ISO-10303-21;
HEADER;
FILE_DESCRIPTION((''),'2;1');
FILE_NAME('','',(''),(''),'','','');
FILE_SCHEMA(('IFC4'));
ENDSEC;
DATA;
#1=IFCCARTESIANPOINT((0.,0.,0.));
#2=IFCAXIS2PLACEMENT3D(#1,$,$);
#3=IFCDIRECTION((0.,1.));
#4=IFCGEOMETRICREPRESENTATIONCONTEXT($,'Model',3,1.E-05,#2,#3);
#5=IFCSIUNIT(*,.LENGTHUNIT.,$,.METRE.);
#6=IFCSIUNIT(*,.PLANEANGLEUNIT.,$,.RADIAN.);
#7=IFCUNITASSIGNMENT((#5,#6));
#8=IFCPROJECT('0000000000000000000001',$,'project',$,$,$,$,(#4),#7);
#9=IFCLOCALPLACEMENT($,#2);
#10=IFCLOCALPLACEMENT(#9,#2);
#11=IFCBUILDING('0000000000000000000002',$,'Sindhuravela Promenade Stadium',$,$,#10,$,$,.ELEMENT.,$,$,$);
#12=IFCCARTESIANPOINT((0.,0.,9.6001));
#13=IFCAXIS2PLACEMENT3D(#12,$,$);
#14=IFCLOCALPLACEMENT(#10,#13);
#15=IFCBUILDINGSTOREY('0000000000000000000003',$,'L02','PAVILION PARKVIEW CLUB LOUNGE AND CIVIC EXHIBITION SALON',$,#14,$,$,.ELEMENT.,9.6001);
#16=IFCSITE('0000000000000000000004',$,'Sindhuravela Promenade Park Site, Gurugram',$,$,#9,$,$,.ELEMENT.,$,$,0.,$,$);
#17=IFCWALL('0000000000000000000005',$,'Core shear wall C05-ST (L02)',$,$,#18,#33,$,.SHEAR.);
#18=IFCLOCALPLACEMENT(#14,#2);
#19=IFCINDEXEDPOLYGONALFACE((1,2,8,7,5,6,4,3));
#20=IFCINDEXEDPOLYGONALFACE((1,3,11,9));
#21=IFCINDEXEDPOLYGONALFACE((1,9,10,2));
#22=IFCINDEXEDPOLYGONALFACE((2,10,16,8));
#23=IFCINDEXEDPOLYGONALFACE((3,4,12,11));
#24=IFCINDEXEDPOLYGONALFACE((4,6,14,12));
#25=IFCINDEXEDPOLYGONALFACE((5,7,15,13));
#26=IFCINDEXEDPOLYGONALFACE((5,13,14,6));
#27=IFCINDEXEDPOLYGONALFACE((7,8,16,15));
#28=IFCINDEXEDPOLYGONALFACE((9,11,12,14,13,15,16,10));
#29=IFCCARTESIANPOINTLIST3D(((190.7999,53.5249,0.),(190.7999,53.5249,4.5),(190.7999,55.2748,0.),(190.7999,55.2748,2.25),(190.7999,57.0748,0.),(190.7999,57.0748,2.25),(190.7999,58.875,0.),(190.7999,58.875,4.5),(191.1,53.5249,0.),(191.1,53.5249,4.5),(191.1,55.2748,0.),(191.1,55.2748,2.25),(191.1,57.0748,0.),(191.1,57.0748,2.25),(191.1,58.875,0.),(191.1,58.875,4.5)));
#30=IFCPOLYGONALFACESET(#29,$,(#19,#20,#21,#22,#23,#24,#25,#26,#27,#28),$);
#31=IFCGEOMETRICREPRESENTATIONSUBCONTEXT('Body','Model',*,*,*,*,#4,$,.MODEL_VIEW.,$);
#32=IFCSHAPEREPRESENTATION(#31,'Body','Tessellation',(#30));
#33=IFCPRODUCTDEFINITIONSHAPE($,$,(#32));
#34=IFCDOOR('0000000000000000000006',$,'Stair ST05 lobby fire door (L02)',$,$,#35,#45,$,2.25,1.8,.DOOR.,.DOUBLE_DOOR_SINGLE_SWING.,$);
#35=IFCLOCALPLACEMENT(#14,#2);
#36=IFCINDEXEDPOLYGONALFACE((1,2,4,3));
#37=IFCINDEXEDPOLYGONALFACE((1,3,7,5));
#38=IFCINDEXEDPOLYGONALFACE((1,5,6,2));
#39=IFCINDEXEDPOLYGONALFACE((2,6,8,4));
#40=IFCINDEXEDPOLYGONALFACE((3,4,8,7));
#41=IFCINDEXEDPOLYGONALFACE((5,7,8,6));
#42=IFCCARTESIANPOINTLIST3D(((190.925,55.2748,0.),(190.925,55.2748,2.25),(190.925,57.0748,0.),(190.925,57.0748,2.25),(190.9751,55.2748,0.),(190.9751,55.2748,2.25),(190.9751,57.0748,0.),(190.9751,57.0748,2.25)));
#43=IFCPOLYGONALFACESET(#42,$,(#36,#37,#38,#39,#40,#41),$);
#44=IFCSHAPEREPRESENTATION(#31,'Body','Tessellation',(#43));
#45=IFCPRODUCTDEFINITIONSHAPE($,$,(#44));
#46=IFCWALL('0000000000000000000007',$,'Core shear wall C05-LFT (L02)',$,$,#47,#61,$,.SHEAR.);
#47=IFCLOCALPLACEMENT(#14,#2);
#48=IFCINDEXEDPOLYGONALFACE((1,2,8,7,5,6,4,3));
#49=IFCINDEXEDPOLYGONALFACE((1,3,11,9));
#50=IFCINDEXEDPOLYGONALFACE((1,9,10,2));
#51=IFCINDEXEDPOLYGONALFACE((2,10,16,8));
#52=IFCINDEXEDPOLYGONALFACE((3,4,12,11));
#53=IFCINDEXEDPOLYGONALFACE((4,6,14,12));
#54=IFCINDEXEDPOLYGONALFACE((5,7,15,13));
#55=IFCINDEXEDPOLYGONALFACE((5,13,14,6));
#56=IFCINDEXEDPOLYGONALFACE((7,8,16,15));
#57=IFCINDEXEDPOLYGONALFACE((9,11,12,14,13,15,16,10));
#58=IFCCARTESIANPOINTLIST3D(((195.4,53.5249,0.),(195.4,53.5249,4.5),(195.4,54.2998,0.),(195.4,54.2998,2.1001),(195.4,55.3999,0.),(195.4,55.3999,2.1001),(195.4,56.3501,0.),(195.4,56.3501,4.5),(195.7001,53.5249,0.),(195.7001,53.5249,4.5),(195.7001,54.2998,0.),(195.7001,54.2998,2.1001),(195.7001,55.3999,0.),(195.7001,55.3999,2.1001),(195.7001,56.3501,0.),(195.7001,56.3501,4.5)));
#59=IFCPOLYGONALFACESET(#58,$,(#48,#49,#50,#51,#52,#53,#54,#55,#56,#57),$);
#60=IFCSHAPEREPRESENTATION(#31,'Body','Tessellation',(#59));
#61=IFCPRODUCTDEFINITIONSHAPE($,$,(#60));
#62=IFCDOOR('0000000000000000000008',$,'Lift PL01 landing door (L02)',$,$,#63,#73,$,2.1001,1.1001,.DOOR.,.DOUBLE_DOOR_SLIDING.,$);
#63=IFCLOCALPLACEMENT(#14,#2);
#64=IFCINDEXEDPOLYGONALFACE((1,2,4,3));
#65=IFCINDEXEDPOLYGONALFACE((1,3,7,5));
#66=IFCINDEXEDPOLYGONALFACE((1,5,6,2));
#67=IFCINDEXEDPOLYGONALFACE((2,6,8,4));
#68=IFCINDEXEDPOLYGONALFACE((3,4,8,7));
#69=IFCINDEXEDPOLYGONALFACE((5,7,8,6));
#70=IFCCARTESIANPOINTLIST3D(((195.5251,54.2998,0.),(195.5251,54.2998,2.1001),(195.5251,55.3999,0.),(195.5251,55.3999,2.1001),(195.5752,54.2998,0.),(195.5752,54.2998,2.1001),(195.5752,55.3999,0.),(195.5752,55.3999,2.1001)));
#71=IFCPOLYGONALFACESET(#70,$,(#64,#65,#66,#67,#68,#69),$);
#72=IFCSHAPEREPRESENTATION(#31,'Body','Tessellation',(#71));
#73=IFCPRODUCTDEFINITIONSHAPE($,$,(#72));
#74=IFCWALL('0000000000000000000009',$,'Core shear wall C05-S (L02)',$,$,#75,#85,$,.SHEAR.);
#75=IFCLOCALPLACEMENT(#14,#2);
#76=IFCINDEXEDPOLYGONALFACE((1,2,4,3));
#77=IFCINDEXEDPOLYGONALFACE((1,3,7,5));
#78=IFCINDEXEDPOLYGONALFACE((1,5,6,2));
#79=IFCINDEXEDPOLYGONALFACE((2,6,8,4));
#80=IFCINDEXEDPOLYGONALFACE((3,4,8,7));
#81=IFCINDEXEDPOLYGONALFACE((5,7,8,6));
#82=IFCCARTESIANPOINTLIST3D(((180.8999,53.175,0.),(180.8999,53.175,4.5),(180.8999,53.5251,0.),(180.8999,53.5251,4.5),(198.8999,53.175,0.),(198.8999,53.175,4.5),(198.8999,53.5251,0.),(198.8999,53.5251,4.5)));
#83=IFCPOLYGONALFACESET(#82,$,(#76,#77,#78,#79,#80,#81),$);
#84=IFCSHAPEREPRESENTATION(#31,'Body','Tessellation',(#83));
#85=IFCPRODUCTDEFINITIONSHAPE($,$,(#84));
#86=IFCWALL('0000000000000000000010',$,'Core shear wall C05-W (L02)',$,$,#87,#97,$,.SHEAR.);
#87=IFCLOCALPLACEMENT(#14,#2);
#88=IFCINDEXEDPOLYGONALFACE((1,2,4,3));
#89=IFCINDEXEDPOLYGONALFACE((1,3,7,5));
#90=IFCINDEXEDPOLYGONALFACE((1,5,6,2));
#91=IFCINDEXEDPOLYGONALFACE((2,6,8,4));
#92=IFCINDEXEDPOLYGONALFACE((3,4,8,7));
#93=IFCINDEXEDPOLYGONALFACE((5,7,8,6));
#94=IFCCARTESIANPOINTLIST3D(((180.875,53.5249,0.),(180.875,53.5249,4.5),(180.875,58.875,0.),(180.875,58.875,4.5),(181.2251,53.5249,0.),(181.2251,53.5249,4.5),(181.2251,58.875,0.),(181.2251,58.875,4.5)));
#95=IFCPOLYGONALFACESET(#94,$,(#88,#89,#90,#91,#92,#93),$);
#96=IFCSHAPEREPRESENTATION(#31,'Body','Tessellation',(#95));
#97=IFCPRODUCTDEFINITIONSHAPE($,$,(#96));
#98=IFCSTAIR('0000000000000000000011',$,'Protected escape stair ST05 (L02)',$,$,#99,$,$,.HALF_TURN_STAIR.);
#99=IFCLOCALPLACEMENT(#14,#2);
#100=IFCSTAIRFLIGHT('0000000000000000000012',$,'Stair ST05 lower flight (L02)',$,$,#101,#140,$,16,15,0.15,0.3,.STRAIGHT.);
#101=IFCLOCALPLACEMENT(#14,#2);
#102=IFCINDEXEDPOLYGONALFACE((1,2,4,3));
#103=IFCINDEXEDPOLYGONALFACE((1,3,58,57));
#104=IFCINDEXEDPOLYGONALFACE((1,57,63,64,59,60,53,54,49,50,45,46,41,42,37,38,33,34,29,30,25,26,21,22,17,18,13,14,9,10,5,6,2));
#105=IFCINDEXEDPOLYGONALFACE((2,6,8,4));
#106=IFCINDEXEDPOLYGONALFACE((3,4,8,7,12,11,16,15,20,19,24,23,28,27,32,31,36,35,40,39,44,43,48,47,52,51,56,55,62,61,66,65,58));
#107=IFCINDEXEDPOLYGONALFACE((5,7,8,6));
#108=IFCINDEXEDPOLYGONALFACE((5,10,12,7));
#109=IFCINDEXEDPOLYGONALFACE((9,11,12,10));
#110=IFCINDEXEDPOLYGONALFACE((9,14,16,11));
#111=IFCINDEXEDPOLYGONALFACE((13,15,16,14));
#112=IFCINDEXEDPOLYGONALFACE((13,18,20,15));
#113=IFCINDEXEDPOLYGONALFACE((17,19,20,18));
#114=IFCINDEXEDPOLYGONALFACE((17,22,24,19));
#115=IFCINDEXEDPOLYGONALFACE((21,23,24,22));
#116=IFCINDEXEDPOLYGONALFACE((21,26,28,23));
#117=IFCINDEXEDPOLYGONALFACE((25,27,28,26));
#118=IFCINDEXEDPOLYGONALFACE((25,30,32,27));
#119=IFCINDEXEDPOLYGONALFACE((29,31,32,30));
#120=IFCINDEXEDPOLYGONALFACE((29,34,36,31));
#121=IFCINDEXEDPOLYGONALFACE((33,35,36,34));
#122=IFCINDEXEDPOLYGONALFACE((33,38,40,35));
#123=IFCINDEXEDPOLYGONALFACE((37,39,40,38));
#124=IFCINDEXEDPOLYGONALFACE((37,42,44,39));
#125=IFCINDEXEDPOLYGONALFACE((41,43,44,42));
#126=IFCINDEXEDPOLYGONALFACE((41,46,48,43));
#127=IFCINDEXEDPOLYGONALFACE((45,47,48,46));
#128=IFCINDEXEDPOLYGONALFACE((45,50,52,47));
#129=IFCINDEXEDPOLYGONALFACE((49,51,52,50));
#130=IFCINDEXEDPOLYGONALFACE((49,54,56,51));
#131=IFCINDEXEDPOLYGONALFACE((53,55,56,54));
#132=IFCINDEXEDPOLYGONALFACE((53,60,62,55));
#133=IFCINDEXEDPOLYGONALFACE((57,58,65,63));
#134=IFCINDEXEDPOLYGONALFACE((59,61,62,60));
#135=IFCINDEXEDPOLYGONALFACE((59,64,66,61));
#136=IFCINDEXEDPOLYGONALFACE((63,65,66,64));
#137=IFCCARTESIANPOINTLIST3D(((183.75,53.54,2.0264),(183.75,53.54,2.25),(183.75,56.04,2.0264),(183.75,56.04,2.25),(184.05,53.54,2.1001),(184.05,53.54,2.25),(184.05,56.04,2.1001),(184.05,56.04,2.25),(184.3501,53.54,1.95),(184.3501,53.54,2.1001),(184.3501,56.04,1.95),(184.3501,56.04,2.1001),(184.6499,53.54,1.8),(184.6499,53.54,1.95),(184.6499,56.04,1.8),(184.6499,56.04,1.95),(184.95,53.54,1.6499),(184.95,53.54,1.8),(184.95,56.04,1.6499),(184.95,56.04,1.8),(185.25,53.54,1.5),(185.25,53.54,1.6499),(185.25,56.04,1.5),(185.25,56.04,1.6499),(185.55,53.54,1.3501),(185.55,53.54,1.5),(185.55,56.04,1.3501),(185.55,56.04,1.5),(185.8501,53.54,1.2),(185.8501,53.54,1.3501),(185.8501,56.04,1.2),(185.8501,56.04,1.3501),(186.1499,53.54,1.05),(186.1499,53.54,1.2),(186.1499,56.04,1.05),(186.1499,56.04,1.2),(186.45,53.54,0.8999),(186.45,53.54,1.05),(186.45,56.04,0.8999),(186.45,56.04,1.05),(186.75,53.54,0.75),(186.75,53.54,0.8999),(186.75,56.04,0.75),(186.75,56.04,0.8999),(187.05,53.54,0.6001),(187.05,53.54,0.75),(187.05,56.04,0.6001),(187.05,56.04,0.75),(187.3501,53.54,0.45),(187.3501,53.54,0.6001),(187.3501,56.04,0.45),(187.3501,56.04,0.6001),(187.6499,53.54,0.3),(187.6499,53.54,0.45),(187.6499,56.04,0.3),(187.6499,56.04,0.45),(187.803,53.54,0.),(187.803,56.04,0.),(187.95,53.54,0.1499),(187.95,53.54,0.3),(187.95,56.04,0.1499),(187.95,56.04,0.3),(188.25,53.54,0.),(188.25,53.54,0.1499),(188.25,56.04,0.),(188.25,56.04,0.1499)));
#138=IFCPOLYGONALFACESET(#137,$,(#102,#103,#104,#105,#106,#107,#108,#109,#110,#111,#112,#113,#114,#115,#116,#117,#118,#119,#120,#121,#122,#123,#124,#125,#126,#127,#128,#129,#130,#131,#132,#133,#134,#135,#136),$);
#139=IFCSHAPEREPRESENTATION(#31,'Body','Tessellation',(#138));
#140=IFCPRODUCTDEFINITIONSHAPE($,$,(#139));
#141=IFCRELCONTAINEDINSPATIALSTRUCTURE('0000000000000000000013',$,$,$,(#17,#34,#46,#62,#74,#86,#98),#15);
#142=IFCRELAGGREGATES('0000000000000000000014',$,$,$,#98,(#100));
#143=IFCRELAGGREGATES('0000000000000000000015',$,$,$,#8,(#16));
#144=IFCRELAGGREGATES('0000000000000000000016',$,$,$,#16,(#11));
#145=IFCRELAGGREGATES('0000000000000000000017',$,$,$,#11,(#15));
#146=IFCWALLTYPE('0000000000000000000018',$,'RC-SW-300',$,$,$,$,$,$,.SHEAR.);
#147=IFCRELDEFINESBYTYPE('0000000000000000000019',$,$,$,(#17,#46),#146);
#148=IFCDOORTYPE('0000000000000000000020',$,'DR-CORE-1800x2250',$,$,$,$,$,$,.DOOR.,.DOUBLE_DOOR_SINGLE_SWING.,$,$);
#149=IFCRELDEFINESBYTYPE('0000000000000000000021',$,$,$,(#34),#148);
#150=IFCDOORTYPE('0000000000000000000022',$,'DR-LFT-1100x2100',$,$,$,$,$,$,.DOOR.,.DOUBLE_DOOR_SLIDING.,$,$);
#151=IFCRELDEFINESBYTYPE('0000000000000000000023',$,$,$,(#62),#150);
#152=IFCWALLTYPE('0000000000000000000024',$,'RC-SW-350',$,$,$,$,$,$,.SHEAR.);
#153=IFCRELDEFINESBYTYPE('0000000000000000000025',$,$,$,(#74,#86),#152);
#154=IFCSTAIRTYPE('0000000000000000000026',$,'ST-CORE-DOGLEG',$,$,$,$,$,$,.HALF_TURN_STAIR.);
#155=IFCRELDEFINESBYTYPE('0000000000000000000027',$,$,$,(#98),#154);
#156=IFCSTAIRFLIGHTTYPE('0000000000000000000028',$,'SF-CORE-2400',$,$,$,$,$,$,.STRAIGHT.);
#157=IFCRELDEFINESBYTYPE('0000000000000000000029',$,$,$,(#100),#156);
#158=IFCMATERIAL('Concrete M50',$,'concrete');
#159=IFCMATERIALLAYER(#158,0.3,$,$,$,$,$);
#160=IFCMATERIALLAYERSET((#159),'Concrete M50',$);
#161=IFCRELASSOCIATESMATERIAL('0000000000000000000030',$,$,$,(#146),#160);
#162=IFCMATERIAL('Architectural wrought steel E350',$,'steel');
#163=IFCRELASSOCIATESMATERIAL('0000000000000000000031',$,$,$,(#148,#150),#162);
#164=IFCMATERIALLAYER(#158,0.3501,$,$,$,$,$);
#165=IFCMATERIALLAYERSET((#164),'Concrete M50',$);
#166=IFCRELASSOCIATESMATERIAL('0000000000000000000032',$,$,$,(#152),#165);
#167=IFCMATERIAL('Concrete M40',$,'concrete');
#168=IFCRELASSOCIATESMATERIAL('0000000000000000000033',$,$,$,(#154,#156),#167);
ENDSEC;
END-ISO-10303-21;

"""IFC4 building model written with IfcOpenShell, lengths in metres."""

from ifc_helpers import new_model, si_unit, direction, frame, frame_2d, origin, place, context, subcontext, project, spatial, polyline, rectangle, outline, extrude, material, layer, layer_set, type_object, element, fill, aggregate, save


model = new_model("IFC4")

# Units and contexts
model_context = context("Model", 3, precision=1e-05, world=origin(), true_north=direction((0.0, 1.0)))
body_context = subcontext(model_context, "Body", "Model", "MODEL_VIEW")
ifc_project = project(units=[si_unit("LENGTHUNIT", "METRE"), si_unit("PLANEANGLEUNIT", "RADIAN")], contexts=[model_context])

# Site, building, storey
site_placement = place(None, origin())
site = spatial("IfcSite", under=ifc_project, at=site_placement, Name="Sindhuravela Promenade Park Site, Gurugram", CompositionType="ELEMENT", RefElevation=0.0)
building_placement = place(site_placement, origin())
building = spatial("IfcBuilding", under=site, at=building_placement, Name="Sindhuravela Promenade Stadium", CompositionType="ELEMENT")
storey_placement = place(building_placement, frame((0.0, 0.0, 9.6001)))
storey = spatial("IfcBuildingStorey", under=building, at=storey_placement, Name="L02", Description="PAVILION PARKVIEW CLUB LOUNGE AND CIVIC EXHIBITION SALON", CompositionType="ELEMENT", Elevation=9.6001)

# Shared definitions
ifc_material_1 = material(Name="Concrete M40", Category="concrete")

# Walls, openings, doors
ifc_material_2 = material(Name="Concrete M50", Category="concrete")
ifc_layer_1 = layer(ifc_material_2, 0.3)
ifc_layer_set_1 = layer_set([ifc_layer_1], Name="Concrete M50")
wall_type_1 = type_object("IfcWallType", Name="RC-SW-300", PredefinedType="SHEAR", material=ifc_layer_set_1)
wall_1_placement = place(storey_placement, frame((190.95, 53.5249, 0.0), z_axis=(0.0, 0.0, 1.0), x_axis=(0.0, 1.0, 0.0)))
wall_1 = element("IfcWall", 1, at=wall_1_placement, inside=storey, type_object=wall_type_1, Name="Core shear wall C05-ST (L02)", PredefinedType="SHEAR", context=body_context, shape_type="SweptSolid", body=[
    extrude(rectangle(XDim=5.3501, YDim=0.3, at=frame_2d((2.675, 0.0))), origin(), (0.0, 0.0, 1.0), 4.5),
])
opening_1_placement = place(wall_1_placement, frame((1.75, 0.0, 0.0)))
opening_1 = element("IfcOpeningElement", 2, at=opening_1_placement, cuts=wall_1, PredefinedType="OPENING", context=body_context, shape_type="SweptSolid", body=[
    extrude(rectangle(XDim=1.8, YDim=2.25, at=frame_2d((0.8999, 1.125))), frame((0.0, 0.1599, 0.0), z_axis=(0.0, -1.0, 0.0), x_axis=(1.0, 0.0, 0.0)), (0.0, 0.0, 1.0), 0.3201),
])
ifc_material_3 = material(Name="Architectural wrought steel E350", Category="steel")
door_type_1 = type_object("IfcDoorType", Name="DR-CORE-1800x2250", OperationType="DOUBLE_DOOR_SINGLE_SWING", PredefinedType="DOOR", material=ifc_material_3)
door_1_placement = place(opening_1_placement, origin())
door_1 = element("IfcDoor", 3, at=door_1_placement, inside=storey, type_object=door_type_1, Name="Stair ST05 lobby fire door (L02)", OperationType="DOUBLE_DOOR_SINGLE_SWING", OverallHeight=2.25, OverallWidth=1.8, PredefinedType="DOOR", context=body_context, shape_type="SweptSolid", body=[
    extrude(rectangle(XDim=1.8, YDim=2.25, at=frame_2d((0.8999, 1.125))), frame((0.0, 0.0249, 0.0), z_axis=(0.0, -1.0, 0.0), x_axis=(1.0, 0.0, 0.0)), (0.0, 0.0, 1.0), 0.05),
])
fill(opening_1, door_1)
wall_2_placement = place(storey_placement, frame((195.55, 53.5249, 0.0), z_axis=(0.0, 0.0, 1.0), x_axis=(0.0, 1.0, 0.0)))
wall_2 = element("IfcWall", 4, at=wall_2_placement, inside=storey, type_object=wall_type_1, Name="Core shear wall C05-LFT (L02)", PredefinedType="SHEAR", context=body_context, shape_type="SweptSolid", body=[
    extrude(rectangle(XDim=2.8252, YDim=0.3, at=frame_2d((1.4126, 0.0))), origin(), (0.0, 0.0, 1.0), 4.5),
])
opening_2_placement = place(wall_2_placement, frame((0.7749, 0.0, 0.0)))
opening_2 = element("IfcOpeningElement", 5, at=opening_2_placement, cuts=wall_2, PredefinedType="OPENING", context=body_context, shape_type="SweptSolid", body=[
    extrude(rectangle(XDim=1.1001, YDim=2.1001, at=frame_2d((0.55, 1.05))), frame((0.0, 0.1599, 0.0), z_axis=(0.0, -1.0, 0.0), x_axis=(1.0, 0.0, 0.0)), (0.0, 0.0, 1.0), 0.3201),
])
door_type_2 = type_object("IfcDoorType", Name="DR-LFT-1100x2100", OperationType="DOUBLE_DOOR_SLIDING", PredefinedType="DOOR", material=ifc_material_3)
door_2_placement = place(opening_2_placement, origin())
door_2 = element("IfcDoor", 6, at=door_2_placement, inside=storey, type_object=door_type_2, Name="Lift PL01 landing door (L02)", OperationType="DOUBLE_DOOR_SLIDING", OverallHeight=2.1001, OverallWidth=1.1001, PredefinedType="DOOR", context=body_context, shape_type="SweptSolid", body=[
    extrude(rectangle(XDim=1.1001, YDim=2.1001, at=frame_2d((0.55, 1.05))), frame((0.0, 0.0249, 0.0), z_axis=(0.0, -1.0, 0.0), x_axis=(1.0, 0.0, 0.0)), (0.0, 0.0, 1.0), 0.05),
])
fill(opening_2, door_2)

# Walls
ifc_layer_2 = layer(ifc_material_2, 0.3501)
ifc_layer_set_2 = layer_set([ifc_layer_2], Name="Concrete M50")
wall_type_2 = type_object("IfcWallType", Name="RC-SW-350", PredefinedType="SHEAR", material=ifc_layer_set_2)
wall_3_placement = place(storey_placement, frame((180.8999, 53.3501, 0.0), z_axis=(0.0, 0.0, 1.0), x_axis=(1.0, 0.0, 0.0)))
element("IfcWall", 7, at=wall_3_placement, inside=storey, type_object=wall_type_2, Name="Core shear wall C05-S (L02)", PredefinedType="SHEAR", context=body_context, shape_type="SweptSolid", body=[
    extrude(rectangle(XDim=18.0, YDim=0.3501, at=frame_2d((9.0, 0.0))), origin(), (0.0, 0.0, 1.0), 4.5),
])
wall_4_placement = place(storey_placement, frame((181.05, 58.875, 0.0), z_axis=(0.0, 0.0, 1.0), x_axis=(0.0, -1.0, 0.0)))
element("IfcWall", 8, at=wall_4_placement, inside=storey, type_object=wall_type_2, Name="Core shear wall C05-W (L02)", PredefinedType="SHEAR", context=body_context, shape_type="SweptSolid", body=[
    extrude(rectangle(XDim=5.3501, YDim=0.3501, at=frame_2d((2.675, 0.0))), origin(), (0.0, 0.0, 1.0), 4.5),
])

# Stair, stair flight
stair_type = type_object("IfcStairType", Name="ST-CORE-DOGLEG", PredefinedType="HALF_TURN_STAIR", material=ifc_material_1)
stair_placement = place(storey_placement, origin())
stair = element("IfcStair", 9, at=stair_placement, inside=storey, type_object=stair_type, Name="Protected escape stair ST05 (L02)", PredefinedType="HALF_TURN_STAIR")
stair_flight_type = type_object("IfcStairFlightType", Name="SF-CORE-2400", PredefinedType="STRAIGHT", material=ifc_material_1)
stair_flight_1_placement = place(storey_placement, frame((188.25, 54.79, 0.0), z_axis=(0.0, 0.0, 1.0), x_axis=(-1.0, 0.0, 0.0)))
stair_flight_1 = element("IfcStairFlight", 10, at=stair_flight_1_placement, type_object=stair_flight_type, Name="Stair ST05 lower flight (L02)", NumberOfRisers=16, NumberOfTreads=15, PredefinedType="STRAIGHT", RiserHeight=0.15, TreadLength=0.3, context=body_context, shape_type="SweptSolid", body=[
    extrude(outline(polyline([(0.0, 0.0), (0.0, 0.1499), (0.3, 0.1499), (0.3, 0.3), (0.6001, 0.3), (0.6001, 0.45), (0.8999, 0.45), (0.8999, 0.6001), (1.2, 0.6001), (1.2, 0.75), (1.5, 0.75), (1.5, 0.8999), (1.8, 0.8999), (1.8, 1.05), (2.1001, 1.05), (2.1001, 1.2), (2.3999, 1.2), (2.3999, 1.3501), (2.7, 1.3501), (2.7, 1.5), (3.0, 1.5), (3.0, 1.6499), (3.3, 1.6499), (3.3, 1.8), (3.6001, 1.8), (3.6001, 1.95), (3.8999, 1.95), (3.8999, 2.1001), (4.2, 2.1001), (4.2, 2.25), (4.5, 2.25), (4.5, 2.3999), (4.5, 2.0264), (0.447, 0.0), (0.0, 0.0)])), frame((0.0, 1.25, 0.0), z_axis=(0.0, -1.0, 0.0), x_axis=(1.0, 0.0, 0.0)), (0.0, 0.0, 1.0), 2.5),
])
aggregate(stair, [stair_flight_1])

save(model, "model.ifc")
